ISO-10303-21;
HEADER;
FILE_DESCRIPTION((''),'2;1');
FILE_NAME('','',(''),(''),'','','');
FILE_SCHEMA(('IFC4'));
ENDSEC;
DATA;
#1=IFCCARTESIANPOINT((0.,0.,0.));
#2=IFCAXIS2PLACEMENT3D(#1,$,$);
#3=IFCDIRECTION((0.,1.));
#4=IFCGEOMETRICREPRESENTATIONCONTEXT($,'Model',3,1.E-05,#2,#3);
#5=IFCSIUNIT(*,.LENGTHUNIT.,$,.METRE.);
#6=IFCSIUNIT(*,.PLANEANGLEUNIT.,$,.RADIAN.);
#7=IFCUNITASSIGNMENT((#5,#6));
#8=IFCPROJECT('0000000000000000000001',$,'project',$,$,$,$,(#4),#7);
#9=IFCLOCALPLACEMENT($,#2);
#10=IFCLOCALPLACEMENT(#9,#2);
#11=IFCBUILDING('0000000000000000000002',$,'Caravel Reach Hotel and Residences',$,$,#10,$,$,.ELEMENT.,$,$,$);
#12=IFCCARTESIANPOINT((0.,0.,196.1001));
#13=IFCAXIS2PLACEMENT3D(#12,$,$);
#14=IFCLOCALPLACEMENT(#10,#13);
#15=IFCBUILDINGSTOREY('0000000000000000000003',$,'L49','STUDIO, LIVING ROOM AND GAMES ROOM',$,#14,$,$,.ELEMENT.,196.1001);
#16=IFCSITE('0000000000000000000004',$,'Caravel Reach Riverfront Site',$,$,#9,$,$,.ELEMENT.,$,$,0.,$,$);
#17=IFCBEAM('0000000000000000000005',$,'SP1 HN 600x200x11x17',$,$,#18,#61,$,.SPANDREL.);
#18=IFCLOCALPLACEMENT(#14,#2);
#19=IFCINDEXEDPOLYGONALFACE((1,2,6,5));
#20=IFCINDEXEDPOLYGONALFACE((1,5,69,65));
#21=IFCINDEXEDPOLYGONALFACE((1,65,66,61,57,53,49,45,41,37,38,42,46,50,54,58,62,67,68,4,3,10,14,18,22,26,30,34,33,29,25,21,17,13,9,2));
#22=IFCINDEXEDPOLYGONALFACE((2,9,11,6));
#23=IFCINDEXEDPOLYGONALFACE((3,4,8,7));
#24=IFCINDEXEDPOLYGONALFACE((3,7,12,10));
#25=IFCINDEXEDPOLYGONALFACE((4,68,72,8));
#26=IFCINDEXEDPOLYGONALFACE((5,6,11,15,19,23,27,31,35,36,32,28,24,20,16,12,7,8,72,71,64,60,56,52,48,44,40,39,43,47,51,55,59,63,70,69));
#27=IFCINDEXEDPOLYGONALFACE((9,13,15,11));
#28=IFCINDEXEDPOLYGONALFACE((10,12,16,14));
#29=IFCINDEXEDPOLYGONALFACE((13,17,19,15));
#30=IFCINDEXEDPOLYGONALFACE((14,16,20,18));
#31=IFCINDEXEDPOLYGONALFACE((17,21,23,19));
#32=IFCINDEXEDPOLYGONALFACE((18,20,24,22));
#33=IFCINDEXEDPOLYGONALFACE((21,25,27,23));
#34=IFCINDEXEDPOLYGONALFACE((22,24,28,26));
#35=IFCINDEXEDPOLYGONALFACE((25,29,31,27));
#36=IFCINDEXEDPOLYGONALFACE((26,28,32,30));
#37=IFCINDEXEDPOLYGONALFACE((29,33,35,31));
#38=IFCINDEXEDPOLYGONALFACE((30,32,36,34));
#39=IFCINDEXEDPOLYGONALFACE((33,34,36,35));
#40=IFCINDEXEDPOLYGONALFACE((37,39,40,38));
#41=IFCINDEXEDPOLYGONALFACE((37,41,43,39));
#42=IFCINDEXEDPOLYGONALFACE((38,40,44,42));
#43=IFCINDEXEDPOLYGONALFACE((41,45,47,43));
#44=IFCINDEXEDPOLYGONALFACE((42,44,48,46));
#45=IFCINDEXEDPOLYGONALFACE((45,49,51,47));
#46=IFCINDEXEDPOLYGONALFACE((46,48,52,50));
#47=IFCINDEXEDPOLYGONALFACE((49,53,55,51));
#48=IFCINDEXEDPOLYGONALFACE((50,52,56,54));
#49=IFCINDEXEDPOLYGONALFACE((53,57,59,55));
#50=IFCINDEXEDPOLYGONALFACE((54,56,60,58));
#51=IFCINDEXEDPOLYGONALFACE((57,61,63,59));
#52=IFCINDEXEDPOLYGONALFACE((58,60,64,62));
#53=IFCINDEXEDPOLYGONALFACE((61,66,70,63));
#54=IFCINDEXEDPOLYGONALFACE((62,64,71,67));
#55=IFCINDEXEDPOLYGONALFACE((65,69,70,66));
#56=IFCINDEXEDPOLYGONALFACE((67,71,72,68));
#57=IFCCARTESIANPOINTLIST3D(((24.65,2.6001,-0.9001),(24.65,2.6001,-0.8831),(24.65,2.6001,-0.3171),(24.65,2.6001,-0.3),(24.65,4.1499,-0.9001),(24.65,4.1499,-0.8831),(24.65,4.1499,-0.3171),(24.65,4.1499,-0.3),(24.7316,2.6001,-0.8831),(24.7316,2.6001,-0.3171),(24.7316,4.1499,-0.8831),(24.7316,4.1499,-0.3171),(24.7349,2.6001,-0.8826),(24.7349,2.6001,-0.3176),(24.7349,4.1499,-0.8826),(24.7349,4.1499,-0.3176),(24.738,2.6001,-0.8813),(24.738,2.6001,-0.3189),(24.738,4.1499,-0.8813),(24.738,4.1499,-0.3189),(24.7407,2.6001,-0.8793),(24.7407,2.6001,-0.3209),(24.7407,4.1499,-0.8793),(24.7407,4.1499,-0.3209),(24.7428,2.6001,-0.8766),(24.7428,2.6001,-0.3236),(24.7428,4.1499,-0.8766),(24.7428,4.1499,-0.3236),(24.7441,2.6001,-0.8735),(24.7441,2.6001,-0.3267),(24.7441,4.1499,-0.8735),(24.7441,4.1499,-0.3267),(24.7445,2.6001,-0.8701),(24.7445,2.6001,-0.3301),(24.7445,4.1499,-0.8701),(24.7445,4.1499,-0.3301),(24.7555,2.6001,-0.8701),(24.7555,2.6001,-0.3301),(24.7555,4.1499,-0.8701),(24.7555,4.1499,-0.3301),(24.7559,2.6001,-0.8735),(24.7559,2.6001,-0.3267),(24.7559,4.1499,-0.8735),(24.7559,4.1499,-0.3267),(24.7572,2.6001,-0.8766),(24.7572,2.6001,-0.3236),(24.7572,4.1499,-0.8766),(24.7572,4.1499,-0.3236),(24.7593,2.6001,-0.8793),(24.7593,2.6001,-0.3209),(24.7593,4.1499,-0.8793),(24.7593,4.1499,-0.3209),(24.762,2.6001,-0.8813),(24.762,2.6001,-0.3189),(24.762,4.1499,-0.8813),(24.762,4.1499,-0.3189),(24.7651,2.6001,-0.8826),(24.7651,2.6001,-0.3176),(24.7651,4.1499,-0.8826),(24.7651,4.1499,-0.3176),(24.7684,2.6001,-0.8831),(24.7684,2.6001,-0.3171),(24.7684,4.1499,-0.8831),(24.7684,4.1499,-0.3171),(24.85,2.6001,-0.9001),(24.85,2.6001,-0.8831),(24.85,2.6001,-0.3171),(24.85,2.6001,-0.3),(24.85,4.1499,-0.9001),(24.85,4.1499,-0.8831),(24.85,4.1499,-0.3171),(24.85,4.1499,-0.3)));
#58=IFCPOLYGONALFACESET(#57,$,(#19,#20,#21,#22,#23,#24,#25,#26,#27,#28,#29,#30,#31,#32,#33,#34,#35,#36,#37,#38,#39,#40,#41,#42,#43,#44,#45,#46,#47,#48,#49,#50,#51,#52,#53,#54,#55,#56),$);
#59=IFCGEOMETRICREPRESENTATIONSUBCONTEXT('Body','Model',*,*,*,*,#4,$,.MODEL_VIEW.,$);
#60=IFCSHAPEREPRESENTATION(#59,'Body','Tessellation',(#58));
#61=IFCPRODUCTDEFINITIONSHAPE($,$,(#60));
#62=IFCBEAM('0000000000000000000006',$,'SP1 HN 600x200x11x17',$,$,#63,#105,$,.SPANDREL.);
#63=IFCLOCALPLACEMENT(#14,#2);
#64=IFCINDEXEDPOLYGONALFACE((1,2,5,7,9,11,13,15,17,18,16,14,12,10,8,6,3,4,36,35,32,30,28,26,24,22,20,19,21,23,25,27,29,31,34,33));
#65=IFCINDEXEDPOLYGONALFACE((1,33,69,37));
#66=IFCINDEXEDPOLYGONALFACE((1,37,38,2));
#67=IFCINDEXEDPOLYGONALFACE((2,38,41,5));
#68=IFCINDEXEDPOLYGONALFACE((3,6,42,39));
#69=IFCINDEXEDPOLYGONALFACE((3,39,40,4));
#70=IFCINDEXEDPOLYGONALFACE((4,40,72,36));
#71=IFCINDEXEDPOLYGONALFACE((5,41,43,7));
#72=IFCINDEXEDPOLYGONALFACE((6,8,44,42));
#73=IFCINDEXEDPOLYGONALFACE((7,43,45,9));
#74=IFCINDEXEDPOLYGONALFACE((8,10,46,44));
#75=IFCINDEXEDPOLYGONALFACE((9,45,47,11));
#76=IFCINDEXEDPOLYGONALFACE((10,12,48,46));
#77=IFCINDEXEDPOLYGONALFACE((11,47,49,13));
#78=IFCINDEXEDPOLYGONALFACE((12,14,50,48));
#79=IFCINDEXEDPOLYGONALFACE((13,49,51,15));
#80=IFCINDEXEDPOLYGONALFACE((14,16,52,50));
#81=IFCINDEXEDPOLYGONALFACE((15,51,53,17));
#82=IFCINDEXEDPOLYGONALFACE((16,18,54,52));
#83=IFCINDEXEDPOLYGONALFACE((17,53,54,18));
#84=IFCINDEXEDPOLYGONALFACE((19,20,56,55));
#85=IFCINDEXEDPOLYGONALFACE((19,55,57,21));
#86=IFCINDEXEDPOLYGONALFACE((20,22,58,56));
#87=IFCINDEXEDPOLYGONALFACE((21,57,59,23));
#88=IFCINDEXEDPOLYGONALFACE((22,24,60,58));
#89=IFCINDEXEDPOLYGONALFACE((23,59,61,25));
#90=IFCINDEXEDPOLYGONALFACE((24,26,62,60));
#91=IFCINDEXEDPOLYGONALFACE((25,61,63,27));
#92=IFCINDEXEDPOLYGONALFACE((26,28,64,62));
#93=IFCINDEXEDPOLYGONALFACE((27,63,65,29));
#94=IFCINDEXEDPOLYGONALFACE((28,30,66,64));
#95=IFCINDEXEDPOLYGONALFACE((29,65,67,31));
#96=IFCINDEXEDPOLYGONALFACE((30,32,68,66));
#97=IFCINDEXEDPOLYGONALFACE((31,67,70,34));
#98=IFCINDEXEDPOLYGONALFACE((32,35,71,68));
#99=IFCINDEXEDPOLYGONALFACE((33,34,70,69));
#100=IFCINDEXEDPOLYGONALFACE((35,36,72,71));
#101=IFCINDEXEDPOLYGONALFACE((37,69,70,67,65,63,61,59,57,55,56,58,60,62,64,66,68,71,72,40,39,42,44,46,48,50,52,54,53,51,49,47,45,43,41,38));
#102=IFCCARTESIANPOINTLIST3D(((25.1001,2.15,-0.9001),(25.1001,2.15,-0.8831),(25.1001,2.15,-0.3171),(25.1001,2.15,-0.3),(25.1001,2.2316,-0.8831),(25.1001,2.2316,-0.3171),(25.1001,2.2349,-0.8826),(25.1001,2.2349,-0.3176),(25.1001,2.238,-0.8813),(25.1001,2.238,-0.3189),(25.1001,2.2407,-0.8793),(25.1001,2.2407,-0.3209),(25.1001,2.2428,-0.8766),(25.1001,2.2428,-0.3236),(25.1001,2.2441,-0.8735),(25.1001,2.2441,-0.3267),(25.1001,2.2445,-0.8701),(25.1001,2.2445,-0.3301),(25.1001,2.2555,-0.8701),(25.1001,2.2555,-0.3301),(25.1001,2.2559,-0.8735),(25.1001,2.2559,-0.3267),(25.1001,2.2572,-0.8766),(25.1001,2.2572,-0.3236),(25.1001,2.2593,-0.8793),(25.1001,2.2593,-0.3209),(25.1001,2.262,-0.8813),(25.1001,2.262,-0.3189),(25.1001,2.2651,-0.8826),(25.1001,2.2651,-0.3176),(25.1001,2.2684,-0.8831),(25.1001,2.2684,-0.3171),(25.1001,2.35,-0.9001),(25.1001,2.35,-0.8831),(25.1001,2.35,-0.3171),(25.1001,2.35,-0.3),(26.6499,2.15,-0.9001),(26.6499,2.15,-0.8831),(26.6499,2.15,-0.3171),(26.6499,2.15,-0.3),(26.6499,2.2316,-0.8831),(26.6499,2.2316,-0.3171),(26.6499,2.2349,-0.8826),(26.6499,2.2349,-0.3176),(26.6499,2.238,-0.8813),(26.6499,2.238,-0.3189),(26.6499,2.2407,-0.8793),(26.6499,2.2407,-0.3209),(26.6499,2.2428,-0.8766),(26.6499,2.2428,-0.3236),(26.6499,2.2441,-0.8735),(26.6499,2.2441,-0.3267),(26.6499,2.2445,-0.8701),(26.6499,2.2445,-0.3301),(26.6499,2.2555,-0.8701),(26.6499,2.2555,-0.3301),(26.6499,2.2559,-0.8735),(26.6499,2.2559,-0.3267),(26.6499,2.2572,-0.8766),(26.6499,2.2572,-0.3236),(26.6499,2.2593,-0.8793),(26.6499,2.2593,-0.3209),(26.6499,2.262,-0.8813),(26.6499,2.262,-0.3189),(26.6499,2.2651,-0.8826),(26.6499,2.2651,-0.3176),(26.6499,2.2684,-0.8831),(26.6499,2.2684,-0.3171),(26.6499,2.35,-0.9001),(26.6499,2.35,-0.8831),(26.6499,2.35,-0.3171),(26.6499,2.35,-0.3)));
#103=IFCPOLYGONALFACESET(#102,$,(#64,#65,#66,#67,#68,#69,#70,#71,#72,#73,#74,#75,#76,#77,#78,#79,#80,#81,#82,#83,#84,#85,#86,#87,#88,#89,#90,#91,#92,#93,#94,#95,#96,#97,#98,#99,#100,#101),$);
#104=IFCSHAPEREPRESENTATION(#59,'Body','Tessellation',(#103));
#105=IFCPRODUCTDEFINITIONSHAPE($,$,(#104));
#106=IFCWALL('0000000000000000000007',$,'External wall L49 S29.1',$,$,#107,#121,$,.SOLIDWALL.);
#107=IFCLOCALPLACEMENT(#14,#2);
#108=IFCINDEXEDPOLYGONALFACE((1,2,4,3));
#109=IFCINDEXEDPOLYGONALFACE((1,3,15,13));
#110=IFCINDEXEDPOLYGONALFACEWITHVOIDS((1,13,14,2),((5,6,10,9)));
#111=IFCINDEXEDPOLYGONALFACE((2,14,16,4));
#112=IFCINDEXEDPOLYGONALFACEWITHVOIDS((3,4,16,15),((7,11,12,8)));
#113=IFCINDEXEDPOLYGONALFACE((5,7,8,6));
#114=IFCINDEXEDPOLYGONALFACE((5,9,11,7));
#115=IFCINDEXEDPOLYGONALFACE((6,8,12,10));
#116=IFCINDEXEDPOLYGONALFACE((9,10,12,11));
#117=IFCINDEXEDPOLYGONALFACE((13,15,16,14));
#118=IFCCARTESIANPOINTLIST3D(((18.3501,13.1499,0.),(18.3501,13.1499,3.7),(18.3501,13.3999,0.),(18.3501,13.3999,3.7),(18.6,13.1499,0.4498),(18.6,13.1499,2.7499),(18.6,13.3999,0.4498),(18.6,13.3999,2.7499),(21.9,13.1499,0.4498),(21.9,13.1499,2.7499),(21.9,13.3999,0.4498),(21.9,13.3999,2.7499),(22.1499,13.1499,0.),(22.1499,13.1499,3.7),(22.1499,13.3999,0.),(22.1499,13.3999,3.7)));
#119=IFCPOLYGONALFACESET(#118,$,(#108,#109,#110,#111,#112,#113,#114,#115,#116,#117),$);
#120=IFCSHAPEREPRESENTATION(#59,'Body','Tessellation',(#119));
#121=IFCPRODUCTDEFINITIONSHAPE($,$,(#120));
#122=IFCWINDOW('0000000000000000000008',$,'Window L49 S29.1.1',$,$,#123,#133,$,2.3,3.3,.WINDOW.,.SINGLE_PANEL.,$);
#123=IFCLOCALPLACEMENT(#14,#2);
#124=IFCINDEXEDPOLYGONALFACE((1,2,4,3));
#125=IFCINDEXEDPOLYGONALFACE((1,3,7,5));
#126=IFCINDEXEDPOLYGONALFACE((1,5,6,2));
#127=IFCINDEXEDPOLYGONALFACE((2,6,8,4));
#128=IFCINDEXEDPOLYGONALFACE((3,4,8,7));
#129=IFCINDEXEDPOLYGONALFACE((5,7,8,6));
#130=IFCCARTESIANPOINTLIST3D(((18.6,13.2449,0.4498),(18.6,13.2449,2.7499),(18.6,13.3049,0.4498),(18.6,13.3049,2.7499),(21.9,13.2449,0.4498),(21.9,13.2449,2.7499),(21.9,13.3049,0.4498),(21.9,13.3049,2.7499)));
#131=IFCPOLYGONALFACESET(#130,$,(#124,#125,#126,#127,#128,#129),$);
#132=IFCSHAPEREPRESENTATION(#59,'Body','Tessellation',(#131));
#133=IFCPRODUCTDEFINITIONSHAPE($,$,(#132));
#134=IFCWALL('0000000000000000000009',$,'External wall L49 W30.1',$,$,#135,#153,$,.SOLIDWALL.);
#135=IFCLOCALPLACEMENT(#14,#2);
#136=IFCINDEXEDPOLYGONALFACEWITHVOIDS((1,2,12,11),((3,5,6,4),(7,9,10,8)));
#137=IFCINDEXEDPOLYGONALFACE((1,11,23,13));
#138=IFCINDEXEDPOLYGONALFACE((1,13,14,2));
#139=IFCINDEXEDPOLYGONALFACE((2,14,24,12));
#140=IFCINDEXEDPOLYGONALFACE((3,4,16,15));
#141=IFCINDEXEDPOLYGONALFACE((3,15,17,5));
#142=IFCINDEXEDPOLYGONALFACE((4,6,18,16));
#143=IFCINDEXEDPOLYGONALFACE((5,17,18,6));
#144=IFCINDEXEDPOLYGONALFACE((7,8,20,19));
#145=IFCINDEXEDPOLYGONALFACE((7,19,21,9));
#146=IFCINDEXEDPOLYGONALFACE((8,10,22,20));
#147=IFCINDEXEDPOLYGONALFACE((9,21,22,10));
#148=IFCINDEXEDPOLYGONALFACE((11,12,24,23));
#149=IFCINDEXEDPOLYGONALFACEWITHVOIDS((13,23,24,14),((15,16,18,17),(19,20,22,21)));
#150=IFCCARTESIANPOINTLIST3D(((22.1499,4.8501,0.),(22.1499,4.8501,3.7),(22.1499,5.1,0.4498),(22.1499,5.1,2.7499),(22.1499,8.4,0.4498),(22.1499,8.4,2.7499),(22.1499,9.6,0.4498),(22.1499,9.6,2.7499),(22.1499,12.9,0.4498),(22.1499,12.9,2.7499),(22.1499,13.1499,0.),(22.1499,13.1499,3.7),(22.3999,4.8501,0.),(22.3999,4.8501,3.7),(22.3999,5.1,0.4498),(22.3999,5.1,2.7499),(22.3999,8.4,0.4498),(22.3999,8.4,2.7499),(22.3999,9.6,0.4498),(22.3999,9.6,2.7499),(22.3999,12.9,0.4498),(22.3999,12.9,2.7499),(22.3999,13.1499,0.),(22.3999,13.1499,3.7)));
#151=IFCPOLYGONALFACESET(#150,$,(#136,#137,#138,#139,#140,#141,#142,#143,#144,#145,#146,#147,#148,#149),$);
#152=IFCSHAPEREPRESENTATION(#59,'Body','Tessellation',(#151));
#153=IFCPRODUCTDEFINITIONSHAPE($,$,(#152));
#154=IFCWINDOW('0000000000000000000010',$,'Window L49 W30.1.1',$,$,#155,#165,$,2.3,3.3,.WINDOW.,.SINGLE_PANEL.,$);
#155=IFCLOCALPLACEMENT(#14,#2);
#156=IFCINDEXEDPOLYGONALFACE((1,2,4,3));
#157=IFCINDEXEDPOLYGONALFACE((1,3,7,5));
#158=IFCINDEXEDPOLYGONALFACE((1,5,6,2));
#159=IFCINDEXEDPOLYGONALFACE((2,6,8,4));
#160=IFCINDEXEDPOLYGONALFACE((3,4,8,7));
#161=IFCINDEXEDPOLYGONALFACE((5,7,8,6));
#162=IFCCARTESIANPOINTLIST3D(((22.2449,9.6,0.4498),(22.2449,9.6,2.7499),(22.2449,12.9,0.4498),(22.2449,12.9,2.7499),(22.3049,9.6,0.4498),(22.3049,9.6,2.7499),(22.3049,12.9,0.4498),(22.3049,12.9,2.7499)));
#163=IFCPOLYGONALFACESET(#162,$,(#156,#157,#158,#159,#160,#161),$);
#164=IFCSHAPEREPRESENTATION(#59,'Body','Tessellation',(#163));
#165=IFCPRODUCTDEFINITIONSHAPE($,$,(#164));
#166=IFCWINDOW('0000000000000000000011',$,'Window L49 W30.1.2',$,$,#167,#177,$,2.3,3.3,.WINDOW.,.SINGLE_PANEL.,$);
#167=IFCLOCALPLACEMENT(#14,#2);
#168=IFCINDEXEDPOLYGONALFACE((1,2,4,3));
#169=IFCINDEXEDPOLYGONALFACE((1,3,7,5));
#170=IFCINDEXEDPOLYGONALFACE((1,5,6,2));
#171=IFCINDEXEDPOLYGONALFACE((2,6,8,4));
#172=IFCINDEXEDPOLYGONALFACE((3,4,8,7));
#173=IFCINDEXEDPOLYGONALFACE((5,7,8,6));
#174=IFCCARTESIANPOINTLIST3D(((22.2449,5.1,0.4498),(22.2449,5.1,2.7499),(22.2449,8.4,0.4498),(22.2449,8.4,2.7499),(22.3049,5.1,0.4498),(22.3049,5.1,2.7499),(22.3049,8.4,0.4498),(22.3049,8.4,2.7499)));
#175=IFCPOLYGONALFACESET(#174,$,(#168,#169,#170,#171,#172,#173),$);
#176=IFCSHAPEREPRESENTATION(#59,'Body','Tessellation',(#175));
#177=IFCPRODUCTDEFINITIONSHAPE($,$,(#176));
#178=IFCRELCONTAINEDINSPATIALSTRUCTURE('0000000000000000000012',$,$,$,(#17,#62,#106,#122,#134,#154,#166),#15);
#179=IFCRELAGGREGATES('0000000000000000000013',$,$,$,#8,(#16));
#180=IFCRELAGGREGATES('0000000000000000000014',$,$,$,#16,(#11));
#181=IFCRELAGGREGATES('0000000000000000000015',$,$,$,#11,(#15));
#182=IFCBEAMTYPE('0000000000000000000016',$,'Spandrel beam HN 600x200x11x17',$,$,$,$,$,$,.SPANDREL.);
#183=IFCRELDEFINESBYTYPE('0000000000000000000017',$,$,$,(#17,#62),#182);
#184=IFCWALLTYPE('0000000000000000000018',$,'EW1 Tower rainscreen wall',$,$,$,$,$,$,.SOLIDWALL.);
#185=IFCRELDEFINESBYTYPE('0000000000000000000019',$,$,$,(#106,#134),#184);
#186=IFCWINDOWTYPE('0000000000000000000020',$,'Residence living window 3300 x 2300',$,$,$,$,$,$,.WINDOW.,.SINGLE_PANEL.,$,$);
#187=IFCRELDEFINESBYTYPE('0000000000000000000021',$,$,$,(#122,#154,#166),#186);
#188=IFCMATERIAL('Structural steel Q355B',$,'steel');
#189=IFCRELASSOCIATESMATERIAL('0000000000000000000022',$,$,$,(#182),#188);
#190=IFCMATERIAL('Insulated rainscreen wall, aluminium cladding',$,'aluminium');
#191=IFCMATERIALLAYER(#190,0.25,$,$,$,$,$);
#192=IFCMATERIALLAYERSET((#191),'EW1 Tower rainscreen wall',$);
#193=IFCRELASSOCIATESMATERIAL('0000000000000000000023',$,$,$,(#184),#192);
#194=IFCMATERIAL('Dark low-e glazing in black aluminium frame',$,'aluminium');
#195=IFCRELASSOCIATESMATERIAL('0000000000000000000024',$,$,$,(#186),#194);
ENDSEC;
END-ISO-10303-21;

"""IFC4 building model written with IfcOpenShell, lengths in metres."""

from ifc_helpers import new_model, si_unit, direction, frame, frame_2d, origin, origin_2d, place, context, subcontext, project, spatial, rectangle, i_section, extrude, material, layer, layer_set, material_profile, profile_set, type_object, element, fill, save


model = new_model("IFC4")

# Units and contexts
model_context = context("Model", 3, precision=1e-05, world=origin(), true_north=direction((0.0, 1.0)))
body_context = subcontext(model_context, "Body", "Model", "MODEL_VIEW")
ifc_project = project(units=[si_unit("LENGTHUNIT", "METRE"), si_unit("PLANEANGLEUNIT", "RADIAN")], contexts=[model_context])

# Site, building, storey
site_placement = place(None, origin())
site = spatial("IfcSite", under=ifc_project, at=site_placement, Name="Caravel Reach Riverfront Site", CompositionType="ELEMENT", RefElevation=0.0)
building_placement = place(site_placement, origin())
building = spatial("IfcBuilding", under=site, at=building_placement, Name="Caravel Reach Hotel and Residences", CompositionType="ELEMENT")
storey_placement = place(building_placement, frame((0.0, 0.0, 196.1001)))
storey = spatial("IfcBuildingStorey", under=building, at=storey_placement, Name="L49", Description="STUDIO, LIVING ROOM AND GAMES ROOM", CompositionType="ELEMENT", Elevation=196.1001)

# Beams
ifc_material_1 = material(Name="Structural steel Q355B", Category="steel")
ifc_material_profile_1 = material_profile(ifc_material_1, i_section(OverallWidth=0.2, OverallDepth=0.6001, WebThickness=0.011, FlangeThickness=0.0171, FilletRadius=0.0129, at=origin_2d()), Name="HN 600x200x11x17")
ifc_profile_set_1 = profile_set([ifc_material_profile_1], Name="Structural steel Q355B")
beam_type = type_object("IfcBeamType", Name="Spandrel beam HN 600x200x11x17", PredefinedType="SPANDREL", material=ifc_profile_set_1)
for number, where, z_axis, x_axis, name in (
    (1, (24.75, 4.1499, -0.6001), (0.0, -1.0, 0.0), (1.0, 0.0, 0.0), "SP1 HN 600x200x11x17"),
    (2, (25.1001, 2.25, -0.6001), (1.0, 0.0, 0.0), (0.0, 1.0, 0.0), "SP1 HN 600x200x11x17"),
):
    element("IfcBeam", number, at=place(storey_placement, frame(where, z_axis=z_axis, x_axis=x_axis)), inside=storey, type_object=beam_type, Name=name, PredefinedType="SPANDREL", context=body_context, shape_type="SweptSolid", body=[
        extrude(i_section(OverallWidth=0.2, OverallDepth=0.6001, WebThickness=0.011, FlangeThickness=0.0171, FilletRadius=0.0129, at=origin_2d()), origin(), (0.0, 0.0, 1.0), 1.5498),
    ])

# Wall, opening, window
ifc_material_2 = material(Name="Insulated rainscreen wall, aluminium cladding", Category="aluminium")
ifc_layer_1 = layer(ifc_material_2, 0.25)
ifc_layer_set_1 = layer_set([ifc_layer_1], Name="EW1 Tower rainscreen wall")
wall_type_1 = type_object("IfcWallType", Name="EW1 Tower rainscreen wall", PredefinedType="SOLIDWALL", material=ifc_layer_set_1)
wall_1_placement = place(storey_placement, frame((18.3501, 13.2749, 0.0), z_axis=(0.0, 0.0, 1.0), x_axis=(1.0, 0.0, 0.0)))
wall_1 = element("IfcWall", 3, at=wall_1_placement, inside=storey, type_object=wall_type_1, Name="External wall L49 S29.1", PredefinedType="SOLIDWALL", context=body_context, shape_type="SweptSolid", body=[
    extrude(rectangle(XDim=3.7998, YDim=0.25, at=frame_2d((1.8999, 0.0))), origin(), (0.0, 0.0, 1.0), 3.7),
])
opening_1_placement = place(wall_1_placement, frame((0.25, 0.0, 0.45)))
opening_1 = element("IfcOpeningElement", 4, at=opening_1_placement, cuts=wall_1, PredefinedType="OPENING", context=body_context, shape_type="SweptSolid", body=[
    extrude(rectangle(XDim=3.3, YDim=2.3, at=frame_2d((1.6499, 1.1499))), frame((0.0, 0.135, 0.0), z_axis=(0.0, -1.0, 0.0), x_axis=(1.0, 0.0, 0.0)), (0.0, 0.0, 1.0), 0.27),
])
ifc_material_3 = material(Name="Dark low-e glazing in black aluminium frame", Category="aluminium")
window_type_1 = type_object("IfcWindowType", Name="Residence living window 3300 x 2300", PartitioningType="SINGLE_PANEL", PredefinedType="WINDOW", material=ifc_material_3)
window_1_placement = place(opening_1_placement, origin())
window_1 = element("IfcWindow", 5, at=window_1_placement, inside=storey, type_object=window_type_1, Name="Window L49 S29.1.1", OverallHeight=2.3, OverallWidth=3.3, PartitioningType="SINGLE_PANEL", PredefinedType="WINDOW", context=body_context, shape_type="SweptSolid", body=[
    extrude(rectangle(XDim=3.3, YDim=2.3, at=frame_2d((1.6499, 1.1499))), frame((0.0, 0.03, 0.0), z_axis=(0.0, -1.0, 0.0), x_axis=(1.0, 0.0, 0.0)), (0.0, 0.0, 1.0), 0.0601),
])
fill(opening_1, window_1)

# Wall, openings, windows
wall_2_placement = place(storey_placement, frame((22.2749, 13.1499, 0.0), z_axis=(0.0, 0.0, 1.0), x_axis=(0.0, -1.0, 0.0)))
wall_2 = element("IfcWall", 6, at=wall_2_placement, inside=storey, type_object=wall_type_1, Name="External wall L49 W30.1", PredefinedType="SOLIDWALL", context=body_context, shape_type="SweptSolid", body=[
    extrude(rectangle(XDim=8.2998, YDim=0.25, at=frame_2d((4.1499, 0.0))), origin(), (0.0, 0.0, 1.0), 3.7),
])
opening_2_placement = place(wall_2_placement, frame((0.25, 0.0, 0.45)))
opening_2 = element("IfcOpeningElement", 7, at=opening_2_placement, cuts=wall_2, PredefinedType="OPENING", context=body_context, shape_type="SweptSolid", body=[
    extrude(rectangle(XDim=3.3, YDim=2.3, at=frame_2d((1.6499, 1.1499))), frame((0.0, 0.135, 0.0), z_axis=(0.0, -1.0, 0.0), x_axis=(1.0, 0.0, 0.0)), (0.0, 0.0, 1.0), 0.27),
])
opening_3_placement = place(wall_2_placement, frame((4.75, 0.0, 0.45)))
opening_3 = element("IfcOpeningElement", 8, at=opening_3_placement, cuts=wall_2, PredefinedType="OPENING", context=body_context, shape_type="SweptSolid", body=[
    extrude(rectangle(XDim=3.3, YDim=2.3, at=frame_2d((1.6499, 1.1499))), frame((0.0, 0.135, 0.0), z_axis=(0.0, -1.0, 0.0), x_axis=(1.0, 0.0, 0.0)), (0.0, 0.0, 1.0), 0.27),
])
window_2_placement = place(opening_2_placement, origin())
window_2 = element("IfcWindow", 9, at=window_2_placement, inside=storey, type_object=window_type_1, Name="Window L49 W30.1.1", OverallHeight=2.3, OverallWidth=3.3, PartitioningType="SINGLE_PANEL", PredefinedType="WINDOW", context=body_context, shape_type="SweptSolid", body=[
    extrude(rectangle(XDim=3.3, YDim=2.3, at=frame_2d((1.6499, 1.1499))), frame((0.0, 0.03, 0.0), z_axis=(0.0, -1.0, 0.0), x_axis=(1.0, 0.0, 0.0)), (0.0, 0.0, 1.0), 0.0601),
])
fill(opening_2, window_2)
window_3_placement = place(opening_3_placement, origin())
window_3 = element("IfcWindow", 10, at=window_3_placement, inside=storey, type_object=window_type_1, Name="Window L49 W30.1.2", OverallHeight=2.3, OverallWidth=3.3, PartitioningType="SINGLE_PANEL", PredefinedType="WINDOW", context=body_context, shape_type="SweptSolid", body=[
    extrude(rectangle(XDim=3.3, YDim=2.3, at=frame_2d((1.6499, 1.1499))), frame((0.0, 0.03, 0.0), z_axis=(0.0, -1.0, 0.0), x_axis=(1.0, 0.0, 0.0)), (0.0, 0.0, 1.0), 0.0601),
])
fill(opening_3, window_3)

save(model, "model.ifc")
